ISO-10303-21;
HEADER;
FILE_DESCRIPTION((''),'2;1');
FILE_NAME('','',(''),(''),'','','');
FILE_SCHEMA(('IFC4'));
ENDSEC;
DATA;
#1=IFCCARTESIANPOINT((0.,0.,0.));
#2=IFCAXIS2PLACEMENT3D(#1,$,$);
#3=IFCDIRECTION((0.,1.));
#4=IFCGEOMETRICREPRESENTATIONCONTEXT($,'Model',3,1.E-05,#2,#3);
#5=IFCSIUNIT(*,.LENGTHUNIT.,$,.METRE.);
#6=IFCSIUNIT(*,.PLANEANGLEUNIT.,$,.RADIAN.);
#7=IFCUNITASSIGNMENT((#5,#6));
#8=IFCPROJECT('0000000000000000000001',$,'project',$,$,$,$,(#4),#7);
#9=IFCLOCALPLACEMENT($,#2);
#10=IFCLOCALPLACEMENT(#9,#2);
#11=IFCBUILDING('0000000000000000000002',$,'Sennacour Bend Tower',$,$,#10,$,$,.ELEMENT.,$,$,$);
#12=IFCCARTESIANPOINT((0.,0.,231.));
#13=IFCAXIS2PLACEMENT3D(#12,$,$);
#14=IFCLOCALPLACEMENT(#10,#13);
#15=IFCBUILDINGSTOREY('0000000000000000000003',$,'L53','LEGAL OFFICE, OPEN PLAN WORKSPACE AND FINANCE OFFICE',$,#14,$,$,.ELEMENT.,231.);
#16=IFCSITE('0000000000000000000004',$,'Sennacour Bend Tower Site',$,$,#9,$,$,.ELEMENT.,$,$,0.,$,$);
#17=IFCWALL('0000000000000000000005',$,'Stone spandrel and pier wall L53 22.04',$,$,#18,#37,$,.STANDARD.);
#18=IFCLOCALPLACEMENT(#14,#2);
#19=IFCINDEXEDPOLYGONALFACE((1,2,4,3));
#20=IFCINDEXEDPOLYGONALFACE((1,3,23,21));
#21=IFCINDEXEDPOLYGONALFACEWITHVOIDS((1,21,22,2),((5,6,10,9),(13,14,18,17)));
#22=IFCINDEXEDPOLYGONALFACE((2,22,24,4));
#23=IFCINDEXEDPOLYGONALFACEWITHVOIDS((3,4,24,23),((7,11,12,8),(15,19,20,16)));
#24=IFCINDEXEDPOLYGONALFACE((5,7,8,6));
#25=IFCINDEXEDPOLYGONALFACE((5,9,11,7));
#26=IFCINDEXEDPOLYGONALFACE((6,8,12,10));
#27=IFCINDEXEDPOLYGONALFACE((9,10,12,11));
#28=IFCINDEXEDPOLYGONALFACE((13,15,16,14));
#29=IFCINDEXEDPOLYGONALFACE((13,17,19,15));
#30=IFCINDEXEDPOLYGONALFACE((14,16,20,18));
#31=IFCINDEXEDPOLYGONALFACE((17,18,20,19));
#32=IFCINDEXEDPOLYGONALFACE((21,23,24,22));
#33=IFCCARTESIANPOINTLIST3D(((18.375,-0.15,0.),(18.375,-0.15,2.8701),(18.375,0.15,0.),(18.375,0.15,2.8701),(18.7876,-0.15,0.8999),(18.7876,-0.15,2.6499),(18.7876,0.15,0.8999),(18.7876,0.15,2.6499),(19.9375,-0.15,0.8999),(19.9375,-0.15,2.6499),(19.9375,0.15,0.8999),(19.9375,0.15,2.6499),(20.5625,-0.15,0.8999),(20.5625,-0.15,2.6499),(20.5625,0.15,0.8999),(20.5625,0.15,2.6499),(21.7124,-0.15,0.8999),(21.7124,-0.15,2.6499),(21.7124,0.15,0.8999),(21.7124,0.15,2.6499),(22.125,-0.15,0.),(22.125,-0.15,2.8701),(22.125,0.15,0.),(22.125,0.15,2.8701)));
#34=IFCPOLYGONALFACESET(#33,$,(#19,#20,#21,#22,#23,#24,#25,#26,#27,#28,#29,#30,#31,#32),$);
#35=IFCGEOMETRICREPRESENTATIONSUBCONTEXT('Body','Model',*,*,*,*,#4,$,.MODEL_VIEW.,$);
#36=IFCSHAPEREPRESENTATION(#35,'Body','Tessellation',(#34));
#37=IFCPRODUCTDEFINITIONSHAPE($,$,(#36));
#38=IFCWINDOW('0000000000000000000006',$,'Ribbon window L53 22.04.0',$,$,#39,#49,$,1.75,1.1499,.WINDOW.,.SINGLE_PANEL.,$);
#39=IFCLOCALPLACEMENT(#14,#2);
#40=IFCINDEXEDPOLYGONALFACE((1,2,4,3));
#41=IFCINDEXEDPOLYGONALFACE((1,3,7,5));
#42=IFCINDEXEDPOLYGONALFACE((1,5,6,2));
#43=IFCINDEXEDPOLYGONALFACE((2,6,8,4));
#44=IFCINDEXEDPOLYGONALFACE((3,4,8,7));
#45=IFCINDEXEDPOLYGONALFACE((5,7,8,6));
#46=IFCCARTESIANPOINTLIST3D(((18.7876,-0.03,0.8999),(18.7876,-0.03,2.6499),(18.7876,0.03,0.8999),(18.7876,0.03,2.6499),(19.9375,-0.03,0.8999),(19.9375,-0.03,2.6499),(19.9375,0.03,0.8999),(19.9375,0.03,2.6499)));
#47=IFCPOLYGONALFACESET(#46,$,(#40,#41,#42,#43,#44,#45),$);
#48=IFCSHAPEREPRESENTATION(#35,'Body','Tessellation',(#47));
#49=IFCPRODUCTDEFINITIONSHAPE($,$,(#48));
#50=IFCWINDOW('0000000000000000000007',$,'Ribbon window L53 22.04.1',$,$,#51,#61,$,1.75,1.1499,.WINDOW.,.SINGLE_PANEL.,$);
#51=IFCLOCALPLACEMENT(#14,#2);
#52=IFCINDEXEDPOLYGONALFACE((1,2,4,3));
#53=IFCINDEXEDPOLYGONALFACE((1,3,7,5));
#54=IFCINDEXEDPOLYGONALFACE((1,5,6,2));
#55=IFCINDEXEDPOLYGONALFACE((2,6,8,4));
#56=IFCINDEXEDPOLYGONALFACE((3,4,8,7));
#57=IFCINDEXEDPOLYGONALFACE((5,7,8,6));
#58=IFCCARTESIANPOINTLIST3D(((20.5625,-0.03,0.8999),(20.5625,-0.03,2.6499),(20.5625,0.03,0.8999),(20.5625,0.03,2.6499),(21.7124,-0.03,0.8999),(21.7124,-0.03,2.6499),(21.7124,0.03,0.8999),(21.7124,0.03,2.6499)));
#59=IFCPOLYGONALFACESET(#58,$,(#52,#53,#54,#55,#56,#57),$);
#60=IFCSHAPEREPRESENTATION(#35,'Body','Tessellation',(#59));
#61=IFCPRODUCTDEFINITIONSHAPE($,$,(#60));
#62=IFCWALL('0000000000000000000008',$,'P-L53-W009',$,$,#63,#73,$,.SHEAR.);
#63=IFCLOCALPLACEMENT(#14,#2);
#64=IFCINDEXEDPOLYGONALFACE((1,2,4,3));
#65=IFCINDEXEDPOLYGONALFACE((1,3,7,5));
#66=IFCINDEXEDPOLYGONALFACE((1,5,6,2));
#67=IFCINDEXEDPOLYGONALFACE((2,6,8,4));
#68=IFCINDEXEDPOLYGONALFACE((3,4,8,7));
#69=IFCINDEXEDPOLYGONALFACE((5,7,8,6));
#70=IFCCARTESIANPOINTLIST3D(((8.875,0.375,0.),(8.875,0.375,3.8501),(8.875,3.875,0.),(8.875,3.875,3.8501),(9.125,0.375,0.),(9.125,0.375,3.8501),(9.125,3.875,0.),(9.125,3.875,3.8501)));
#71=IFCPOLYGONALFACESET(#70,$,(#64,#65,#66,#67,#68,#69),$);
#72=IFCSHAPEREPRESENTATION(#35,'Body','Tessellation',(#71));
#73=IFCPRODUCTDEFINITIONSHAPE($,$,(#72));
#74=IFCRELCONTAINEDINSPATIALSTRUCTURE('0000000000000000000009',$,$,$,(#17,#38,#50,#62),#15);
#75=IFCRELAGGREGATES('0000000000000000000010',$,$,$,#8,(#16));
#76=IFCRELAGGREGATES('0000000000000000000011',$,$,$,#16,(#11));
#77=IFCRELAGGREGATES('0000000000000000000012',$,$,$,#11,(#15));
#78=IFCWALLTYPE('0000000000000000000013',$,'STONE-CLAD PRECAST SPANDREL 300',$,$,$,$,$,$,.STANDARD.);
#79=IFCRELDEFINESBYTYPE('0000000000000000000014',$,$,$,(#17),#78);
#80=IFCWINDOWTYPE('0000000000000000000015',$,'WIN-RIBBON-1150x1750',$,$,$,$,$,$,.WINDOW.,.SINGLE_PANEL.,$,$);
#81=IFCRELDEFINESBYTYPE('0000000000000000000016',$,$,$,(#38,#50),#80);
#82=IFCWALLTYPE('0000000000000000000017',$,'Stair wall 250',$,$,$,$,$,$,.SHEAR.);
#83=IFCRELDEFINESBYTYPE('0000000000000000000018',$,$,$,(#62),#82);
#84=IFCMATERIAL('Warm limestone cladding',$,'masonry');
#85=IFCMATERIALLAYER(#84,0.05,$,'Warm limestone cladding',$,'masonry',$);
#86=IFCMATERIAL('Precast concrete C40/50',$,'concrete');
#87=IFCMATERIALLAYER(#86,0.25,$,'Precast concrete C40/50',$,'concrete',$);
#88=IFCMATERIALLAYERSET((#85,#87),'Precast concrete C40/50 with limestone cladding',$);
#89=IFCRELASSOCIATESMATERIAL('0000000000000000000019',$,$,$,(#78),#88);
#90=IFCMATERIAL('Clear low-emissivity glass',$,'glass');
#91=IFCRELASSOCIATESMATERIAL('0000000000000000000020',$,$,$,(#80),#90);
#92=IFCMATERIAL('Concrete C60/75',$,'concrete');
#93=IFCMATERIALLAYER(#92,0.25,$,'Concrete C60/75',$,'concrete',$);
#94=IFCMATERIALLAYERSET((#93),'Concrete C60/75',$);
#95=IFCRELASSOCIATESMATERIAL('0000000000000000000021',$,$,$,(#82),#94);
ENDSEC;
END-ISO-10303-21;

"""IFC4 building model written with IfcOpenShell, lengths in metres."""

from ifc_helpers import new_model, si_unit, direction, frame, frame_2d, origin, place, context, subcontext, project, spatial, rectangle, extrude, material, layer, layer_set, type_object, element, fill, save


model = new_model("IFC4")

# Units and contexts
model_context = context("Model", 3, precision=1e-05, world=origin(), true_north=direction((0.0, 1.0)))
body_context = subcontext(model_context, "Body", "Model", "MODEL_VIEW")
ifc_project = project(units=[si_unit("LENGTHUNIT", "METRE"), si_unit("PLANEANGLEUNIT", "RADIAN")], contexts=[model_context])

# Site, building, storey
site_placement = place(None, origin())
site = spatial("IfcSite", under=ifc_project, at=site_placement, Name="Sennacour Bend Tower Site", CompositionType="ELEMENT", RefElevation=0.0)
building_placement = place(site_placement, origin())
building = spatial("IfcBuilding", under=site, at=building_placement, Name="Sennacour Bend Tower", CompositionType="ELEMENT")
storey_placement = place(building_placement, frame((0.0, 0.0, 231.0)))
storey = spatial("IfcBuildingStorey", under=building, at=storey_placement, Name="L53", Description="LEGAL OFFICE, OPEN PLAN WORKSPACE AND FINANCE OFFICE", CompositionType="ELEMENT", Elevation=231.0)

# Wall, openings, windows
ifc_material_1 = material(Name="Warm limestone cladding", Category="masonry")
ifc_layer_1 = layer(ifc_material_1, 0.05, Name="Warm limestone cladding", Category="masonry")
ifc_material_2 = material(Name="Precast concrete C40/50", Category="concrete")
ifc_layer_2 = layer(ifc_material_2, 0.25, Name="Precast concrete C40/50", Category="concrete")
ifc_layer_set_1 = layer_set([ifc_layer_1, ifc_layer_2], Name="Precast concrete C40/50 with limestone cladding")
wall_type_1 = type_object("IfcWallType", Name="STONE-CLAD PRECAST SPANDREL 300", PredefinedType="STANDARD", material=ifc_layer_set_1)
ifc_material_3 = material(Name="Clear low-emissivity glass", Category="glass")
window_type_1 = type_object("IfcWindowType", Name="WIN-RIBBON-1150x1750", PartitioningType="SINGLE_PANEL", PredefinedType="WINDOW", material=ifc_material_3)
wall_1_placement = place(storey_placement, frame((18.375, 0.0, 0.0), z_axis=(0.0, 0.0, 1.0), x_axis=(1.0, 0.0, 0.0)))
wall_1 = element("IfcWall", 1, at=wall_1_placement, inside=storey, type_object=wall_type_1, Name="Stone spandrel and pier wall L53 22.04", PredefinedType="STANDARD", context=body_context, shape_type="SweptSolid", body=[
    extrude(rectangle(XDim=3.75, YDim=0.3, at=frame_2d((1.875, 0.0))), origin(), (0.0, 0.0, 1.0), 2.8701),
])
opening_1_placement = place(wall_1_placement, frame((0.4126, 0.0, 0.8999)))
opening_1 = element("IfcOpeningElement", 2, at=opening_1_placement, cuts=wall_1, PredefinedType="OPENING", context=body_context, shape_type="SweptSolid", body=[
    extrude(rectangle(XDim=1.1499, YDim=1.75, at=frame_2d((0.575, 0.875))), frame((0.0, 0.1602, 0.0), z_axis=(0.0, -1.0, 0.0), x_axis=(1.0, 0.0, 0.0)), (0.0, 0.0, 1.0), 0.3201),
])
opening_2_placement = place(wall_1_placement, frame((2.1875, 0.0, 0.8999)))
opening_2 = element("IfcOpeningElement", 3, at=opening_2_placement, cuts=wall_1, PredefinedType="OPENING", context=body_context, shape_type="SweptSolid", body=[
    extrude(rectangle(XDim=1.1499, YDim=1.75, at=frame_2d((0.575, 0.875))), frame((0.0, 0.1602, 0.0), z_axis=(0.0, -1.0, 0.0), x_axis=(1.0, 0.0, 0.0)), (0.0, 0.0, 1.0), 0.3201),
])
window_1_placement = place(opening_1_placement, origin())
window_1 = element("IfcWindow", 4, at=window_1_placement, inside=storey, type_object=window_type_1, Name="Ribbon window L53 22.04.0", OverallHeight=1.75, OverallWidth=1.1499, PartitioningType="SINGLE_PANEL", PredefinedType="WINDOW", context=body_context, shape_type="SweptSolid", body=[
    extrude(rectangle(XDim=1.1499, YDim=1.75, at=frame_2d((0.575, 0.875))), frame((0.0, 0.03, 0.0), z_axis=(0.0, -1.0, 0.0), x_axis=(1.0, 0.0, 0.0)), (0.0, 0.0, 1.0), 0.0601),
])
fill(opening_1, window_1)
window_2_placement = place(opening_2_placement, origin())
window_2 = element("IfcWindow", 5, at=window_2_placement, inside=storey, type_object=window_type_1, Name="Ribbon window L53 22.04.1", OverallHeight=1.75, OverallWidth=1.1499, PartitioningType="SINGLE_PANEL", PredefinedType="WINDOW", context=body_context, shape_type="SweptSolid", body=[
    extrude(rectangle(XDim=1.1499, YDim=1.75, at=frame_2d((0.575, 0.875))), frame((0.0, 0.03, 0.0), z_axis=(0.0, -1.0, 0.0), x_axis=(1.0, 0.0, 0.0)), (0.0, 0.0, 1.0), 0.0601),
])
fill(opening_2, window_2)

# Wall
ifc_material_4 = material(Name="Concrete C60/75", Category="concrete")
ifc_layer_3 = layer(ifc_material_4, 0.25, Name="Concrete C60/75", Category="concrete")
ifc_layer_set_2 = layer_set([ifc_layer_3], Name="Concrete C60/75")
wall_type_2 = type_object("IfcWallType", Name="Stair wall 250", PredefinedType="SHEAR", material=ifc_layer_set_2)
wall_2_placement = place(storey_placement, frame((9.0, 0.375, 0.0), z_axis=(0.0, 0.0, 1.0), x_axis=(0.0, 1.0, 0.0)))
element("IfcWall", 6, at=wall_2_placement, inside=storey, type_object=wall_type_2, Name="P-L53-W009", PredefinedType="SHEAR", context=body_context, shape_type="SweptSolid", body=[
    extrude(rectangle(XDim=3.5, YDim=0.25, at=frame_2d((1.75, 0.0))), origin(), (0.0, 0.0, 1.0), 3.8501),
])

save(model, "model.ifc")
